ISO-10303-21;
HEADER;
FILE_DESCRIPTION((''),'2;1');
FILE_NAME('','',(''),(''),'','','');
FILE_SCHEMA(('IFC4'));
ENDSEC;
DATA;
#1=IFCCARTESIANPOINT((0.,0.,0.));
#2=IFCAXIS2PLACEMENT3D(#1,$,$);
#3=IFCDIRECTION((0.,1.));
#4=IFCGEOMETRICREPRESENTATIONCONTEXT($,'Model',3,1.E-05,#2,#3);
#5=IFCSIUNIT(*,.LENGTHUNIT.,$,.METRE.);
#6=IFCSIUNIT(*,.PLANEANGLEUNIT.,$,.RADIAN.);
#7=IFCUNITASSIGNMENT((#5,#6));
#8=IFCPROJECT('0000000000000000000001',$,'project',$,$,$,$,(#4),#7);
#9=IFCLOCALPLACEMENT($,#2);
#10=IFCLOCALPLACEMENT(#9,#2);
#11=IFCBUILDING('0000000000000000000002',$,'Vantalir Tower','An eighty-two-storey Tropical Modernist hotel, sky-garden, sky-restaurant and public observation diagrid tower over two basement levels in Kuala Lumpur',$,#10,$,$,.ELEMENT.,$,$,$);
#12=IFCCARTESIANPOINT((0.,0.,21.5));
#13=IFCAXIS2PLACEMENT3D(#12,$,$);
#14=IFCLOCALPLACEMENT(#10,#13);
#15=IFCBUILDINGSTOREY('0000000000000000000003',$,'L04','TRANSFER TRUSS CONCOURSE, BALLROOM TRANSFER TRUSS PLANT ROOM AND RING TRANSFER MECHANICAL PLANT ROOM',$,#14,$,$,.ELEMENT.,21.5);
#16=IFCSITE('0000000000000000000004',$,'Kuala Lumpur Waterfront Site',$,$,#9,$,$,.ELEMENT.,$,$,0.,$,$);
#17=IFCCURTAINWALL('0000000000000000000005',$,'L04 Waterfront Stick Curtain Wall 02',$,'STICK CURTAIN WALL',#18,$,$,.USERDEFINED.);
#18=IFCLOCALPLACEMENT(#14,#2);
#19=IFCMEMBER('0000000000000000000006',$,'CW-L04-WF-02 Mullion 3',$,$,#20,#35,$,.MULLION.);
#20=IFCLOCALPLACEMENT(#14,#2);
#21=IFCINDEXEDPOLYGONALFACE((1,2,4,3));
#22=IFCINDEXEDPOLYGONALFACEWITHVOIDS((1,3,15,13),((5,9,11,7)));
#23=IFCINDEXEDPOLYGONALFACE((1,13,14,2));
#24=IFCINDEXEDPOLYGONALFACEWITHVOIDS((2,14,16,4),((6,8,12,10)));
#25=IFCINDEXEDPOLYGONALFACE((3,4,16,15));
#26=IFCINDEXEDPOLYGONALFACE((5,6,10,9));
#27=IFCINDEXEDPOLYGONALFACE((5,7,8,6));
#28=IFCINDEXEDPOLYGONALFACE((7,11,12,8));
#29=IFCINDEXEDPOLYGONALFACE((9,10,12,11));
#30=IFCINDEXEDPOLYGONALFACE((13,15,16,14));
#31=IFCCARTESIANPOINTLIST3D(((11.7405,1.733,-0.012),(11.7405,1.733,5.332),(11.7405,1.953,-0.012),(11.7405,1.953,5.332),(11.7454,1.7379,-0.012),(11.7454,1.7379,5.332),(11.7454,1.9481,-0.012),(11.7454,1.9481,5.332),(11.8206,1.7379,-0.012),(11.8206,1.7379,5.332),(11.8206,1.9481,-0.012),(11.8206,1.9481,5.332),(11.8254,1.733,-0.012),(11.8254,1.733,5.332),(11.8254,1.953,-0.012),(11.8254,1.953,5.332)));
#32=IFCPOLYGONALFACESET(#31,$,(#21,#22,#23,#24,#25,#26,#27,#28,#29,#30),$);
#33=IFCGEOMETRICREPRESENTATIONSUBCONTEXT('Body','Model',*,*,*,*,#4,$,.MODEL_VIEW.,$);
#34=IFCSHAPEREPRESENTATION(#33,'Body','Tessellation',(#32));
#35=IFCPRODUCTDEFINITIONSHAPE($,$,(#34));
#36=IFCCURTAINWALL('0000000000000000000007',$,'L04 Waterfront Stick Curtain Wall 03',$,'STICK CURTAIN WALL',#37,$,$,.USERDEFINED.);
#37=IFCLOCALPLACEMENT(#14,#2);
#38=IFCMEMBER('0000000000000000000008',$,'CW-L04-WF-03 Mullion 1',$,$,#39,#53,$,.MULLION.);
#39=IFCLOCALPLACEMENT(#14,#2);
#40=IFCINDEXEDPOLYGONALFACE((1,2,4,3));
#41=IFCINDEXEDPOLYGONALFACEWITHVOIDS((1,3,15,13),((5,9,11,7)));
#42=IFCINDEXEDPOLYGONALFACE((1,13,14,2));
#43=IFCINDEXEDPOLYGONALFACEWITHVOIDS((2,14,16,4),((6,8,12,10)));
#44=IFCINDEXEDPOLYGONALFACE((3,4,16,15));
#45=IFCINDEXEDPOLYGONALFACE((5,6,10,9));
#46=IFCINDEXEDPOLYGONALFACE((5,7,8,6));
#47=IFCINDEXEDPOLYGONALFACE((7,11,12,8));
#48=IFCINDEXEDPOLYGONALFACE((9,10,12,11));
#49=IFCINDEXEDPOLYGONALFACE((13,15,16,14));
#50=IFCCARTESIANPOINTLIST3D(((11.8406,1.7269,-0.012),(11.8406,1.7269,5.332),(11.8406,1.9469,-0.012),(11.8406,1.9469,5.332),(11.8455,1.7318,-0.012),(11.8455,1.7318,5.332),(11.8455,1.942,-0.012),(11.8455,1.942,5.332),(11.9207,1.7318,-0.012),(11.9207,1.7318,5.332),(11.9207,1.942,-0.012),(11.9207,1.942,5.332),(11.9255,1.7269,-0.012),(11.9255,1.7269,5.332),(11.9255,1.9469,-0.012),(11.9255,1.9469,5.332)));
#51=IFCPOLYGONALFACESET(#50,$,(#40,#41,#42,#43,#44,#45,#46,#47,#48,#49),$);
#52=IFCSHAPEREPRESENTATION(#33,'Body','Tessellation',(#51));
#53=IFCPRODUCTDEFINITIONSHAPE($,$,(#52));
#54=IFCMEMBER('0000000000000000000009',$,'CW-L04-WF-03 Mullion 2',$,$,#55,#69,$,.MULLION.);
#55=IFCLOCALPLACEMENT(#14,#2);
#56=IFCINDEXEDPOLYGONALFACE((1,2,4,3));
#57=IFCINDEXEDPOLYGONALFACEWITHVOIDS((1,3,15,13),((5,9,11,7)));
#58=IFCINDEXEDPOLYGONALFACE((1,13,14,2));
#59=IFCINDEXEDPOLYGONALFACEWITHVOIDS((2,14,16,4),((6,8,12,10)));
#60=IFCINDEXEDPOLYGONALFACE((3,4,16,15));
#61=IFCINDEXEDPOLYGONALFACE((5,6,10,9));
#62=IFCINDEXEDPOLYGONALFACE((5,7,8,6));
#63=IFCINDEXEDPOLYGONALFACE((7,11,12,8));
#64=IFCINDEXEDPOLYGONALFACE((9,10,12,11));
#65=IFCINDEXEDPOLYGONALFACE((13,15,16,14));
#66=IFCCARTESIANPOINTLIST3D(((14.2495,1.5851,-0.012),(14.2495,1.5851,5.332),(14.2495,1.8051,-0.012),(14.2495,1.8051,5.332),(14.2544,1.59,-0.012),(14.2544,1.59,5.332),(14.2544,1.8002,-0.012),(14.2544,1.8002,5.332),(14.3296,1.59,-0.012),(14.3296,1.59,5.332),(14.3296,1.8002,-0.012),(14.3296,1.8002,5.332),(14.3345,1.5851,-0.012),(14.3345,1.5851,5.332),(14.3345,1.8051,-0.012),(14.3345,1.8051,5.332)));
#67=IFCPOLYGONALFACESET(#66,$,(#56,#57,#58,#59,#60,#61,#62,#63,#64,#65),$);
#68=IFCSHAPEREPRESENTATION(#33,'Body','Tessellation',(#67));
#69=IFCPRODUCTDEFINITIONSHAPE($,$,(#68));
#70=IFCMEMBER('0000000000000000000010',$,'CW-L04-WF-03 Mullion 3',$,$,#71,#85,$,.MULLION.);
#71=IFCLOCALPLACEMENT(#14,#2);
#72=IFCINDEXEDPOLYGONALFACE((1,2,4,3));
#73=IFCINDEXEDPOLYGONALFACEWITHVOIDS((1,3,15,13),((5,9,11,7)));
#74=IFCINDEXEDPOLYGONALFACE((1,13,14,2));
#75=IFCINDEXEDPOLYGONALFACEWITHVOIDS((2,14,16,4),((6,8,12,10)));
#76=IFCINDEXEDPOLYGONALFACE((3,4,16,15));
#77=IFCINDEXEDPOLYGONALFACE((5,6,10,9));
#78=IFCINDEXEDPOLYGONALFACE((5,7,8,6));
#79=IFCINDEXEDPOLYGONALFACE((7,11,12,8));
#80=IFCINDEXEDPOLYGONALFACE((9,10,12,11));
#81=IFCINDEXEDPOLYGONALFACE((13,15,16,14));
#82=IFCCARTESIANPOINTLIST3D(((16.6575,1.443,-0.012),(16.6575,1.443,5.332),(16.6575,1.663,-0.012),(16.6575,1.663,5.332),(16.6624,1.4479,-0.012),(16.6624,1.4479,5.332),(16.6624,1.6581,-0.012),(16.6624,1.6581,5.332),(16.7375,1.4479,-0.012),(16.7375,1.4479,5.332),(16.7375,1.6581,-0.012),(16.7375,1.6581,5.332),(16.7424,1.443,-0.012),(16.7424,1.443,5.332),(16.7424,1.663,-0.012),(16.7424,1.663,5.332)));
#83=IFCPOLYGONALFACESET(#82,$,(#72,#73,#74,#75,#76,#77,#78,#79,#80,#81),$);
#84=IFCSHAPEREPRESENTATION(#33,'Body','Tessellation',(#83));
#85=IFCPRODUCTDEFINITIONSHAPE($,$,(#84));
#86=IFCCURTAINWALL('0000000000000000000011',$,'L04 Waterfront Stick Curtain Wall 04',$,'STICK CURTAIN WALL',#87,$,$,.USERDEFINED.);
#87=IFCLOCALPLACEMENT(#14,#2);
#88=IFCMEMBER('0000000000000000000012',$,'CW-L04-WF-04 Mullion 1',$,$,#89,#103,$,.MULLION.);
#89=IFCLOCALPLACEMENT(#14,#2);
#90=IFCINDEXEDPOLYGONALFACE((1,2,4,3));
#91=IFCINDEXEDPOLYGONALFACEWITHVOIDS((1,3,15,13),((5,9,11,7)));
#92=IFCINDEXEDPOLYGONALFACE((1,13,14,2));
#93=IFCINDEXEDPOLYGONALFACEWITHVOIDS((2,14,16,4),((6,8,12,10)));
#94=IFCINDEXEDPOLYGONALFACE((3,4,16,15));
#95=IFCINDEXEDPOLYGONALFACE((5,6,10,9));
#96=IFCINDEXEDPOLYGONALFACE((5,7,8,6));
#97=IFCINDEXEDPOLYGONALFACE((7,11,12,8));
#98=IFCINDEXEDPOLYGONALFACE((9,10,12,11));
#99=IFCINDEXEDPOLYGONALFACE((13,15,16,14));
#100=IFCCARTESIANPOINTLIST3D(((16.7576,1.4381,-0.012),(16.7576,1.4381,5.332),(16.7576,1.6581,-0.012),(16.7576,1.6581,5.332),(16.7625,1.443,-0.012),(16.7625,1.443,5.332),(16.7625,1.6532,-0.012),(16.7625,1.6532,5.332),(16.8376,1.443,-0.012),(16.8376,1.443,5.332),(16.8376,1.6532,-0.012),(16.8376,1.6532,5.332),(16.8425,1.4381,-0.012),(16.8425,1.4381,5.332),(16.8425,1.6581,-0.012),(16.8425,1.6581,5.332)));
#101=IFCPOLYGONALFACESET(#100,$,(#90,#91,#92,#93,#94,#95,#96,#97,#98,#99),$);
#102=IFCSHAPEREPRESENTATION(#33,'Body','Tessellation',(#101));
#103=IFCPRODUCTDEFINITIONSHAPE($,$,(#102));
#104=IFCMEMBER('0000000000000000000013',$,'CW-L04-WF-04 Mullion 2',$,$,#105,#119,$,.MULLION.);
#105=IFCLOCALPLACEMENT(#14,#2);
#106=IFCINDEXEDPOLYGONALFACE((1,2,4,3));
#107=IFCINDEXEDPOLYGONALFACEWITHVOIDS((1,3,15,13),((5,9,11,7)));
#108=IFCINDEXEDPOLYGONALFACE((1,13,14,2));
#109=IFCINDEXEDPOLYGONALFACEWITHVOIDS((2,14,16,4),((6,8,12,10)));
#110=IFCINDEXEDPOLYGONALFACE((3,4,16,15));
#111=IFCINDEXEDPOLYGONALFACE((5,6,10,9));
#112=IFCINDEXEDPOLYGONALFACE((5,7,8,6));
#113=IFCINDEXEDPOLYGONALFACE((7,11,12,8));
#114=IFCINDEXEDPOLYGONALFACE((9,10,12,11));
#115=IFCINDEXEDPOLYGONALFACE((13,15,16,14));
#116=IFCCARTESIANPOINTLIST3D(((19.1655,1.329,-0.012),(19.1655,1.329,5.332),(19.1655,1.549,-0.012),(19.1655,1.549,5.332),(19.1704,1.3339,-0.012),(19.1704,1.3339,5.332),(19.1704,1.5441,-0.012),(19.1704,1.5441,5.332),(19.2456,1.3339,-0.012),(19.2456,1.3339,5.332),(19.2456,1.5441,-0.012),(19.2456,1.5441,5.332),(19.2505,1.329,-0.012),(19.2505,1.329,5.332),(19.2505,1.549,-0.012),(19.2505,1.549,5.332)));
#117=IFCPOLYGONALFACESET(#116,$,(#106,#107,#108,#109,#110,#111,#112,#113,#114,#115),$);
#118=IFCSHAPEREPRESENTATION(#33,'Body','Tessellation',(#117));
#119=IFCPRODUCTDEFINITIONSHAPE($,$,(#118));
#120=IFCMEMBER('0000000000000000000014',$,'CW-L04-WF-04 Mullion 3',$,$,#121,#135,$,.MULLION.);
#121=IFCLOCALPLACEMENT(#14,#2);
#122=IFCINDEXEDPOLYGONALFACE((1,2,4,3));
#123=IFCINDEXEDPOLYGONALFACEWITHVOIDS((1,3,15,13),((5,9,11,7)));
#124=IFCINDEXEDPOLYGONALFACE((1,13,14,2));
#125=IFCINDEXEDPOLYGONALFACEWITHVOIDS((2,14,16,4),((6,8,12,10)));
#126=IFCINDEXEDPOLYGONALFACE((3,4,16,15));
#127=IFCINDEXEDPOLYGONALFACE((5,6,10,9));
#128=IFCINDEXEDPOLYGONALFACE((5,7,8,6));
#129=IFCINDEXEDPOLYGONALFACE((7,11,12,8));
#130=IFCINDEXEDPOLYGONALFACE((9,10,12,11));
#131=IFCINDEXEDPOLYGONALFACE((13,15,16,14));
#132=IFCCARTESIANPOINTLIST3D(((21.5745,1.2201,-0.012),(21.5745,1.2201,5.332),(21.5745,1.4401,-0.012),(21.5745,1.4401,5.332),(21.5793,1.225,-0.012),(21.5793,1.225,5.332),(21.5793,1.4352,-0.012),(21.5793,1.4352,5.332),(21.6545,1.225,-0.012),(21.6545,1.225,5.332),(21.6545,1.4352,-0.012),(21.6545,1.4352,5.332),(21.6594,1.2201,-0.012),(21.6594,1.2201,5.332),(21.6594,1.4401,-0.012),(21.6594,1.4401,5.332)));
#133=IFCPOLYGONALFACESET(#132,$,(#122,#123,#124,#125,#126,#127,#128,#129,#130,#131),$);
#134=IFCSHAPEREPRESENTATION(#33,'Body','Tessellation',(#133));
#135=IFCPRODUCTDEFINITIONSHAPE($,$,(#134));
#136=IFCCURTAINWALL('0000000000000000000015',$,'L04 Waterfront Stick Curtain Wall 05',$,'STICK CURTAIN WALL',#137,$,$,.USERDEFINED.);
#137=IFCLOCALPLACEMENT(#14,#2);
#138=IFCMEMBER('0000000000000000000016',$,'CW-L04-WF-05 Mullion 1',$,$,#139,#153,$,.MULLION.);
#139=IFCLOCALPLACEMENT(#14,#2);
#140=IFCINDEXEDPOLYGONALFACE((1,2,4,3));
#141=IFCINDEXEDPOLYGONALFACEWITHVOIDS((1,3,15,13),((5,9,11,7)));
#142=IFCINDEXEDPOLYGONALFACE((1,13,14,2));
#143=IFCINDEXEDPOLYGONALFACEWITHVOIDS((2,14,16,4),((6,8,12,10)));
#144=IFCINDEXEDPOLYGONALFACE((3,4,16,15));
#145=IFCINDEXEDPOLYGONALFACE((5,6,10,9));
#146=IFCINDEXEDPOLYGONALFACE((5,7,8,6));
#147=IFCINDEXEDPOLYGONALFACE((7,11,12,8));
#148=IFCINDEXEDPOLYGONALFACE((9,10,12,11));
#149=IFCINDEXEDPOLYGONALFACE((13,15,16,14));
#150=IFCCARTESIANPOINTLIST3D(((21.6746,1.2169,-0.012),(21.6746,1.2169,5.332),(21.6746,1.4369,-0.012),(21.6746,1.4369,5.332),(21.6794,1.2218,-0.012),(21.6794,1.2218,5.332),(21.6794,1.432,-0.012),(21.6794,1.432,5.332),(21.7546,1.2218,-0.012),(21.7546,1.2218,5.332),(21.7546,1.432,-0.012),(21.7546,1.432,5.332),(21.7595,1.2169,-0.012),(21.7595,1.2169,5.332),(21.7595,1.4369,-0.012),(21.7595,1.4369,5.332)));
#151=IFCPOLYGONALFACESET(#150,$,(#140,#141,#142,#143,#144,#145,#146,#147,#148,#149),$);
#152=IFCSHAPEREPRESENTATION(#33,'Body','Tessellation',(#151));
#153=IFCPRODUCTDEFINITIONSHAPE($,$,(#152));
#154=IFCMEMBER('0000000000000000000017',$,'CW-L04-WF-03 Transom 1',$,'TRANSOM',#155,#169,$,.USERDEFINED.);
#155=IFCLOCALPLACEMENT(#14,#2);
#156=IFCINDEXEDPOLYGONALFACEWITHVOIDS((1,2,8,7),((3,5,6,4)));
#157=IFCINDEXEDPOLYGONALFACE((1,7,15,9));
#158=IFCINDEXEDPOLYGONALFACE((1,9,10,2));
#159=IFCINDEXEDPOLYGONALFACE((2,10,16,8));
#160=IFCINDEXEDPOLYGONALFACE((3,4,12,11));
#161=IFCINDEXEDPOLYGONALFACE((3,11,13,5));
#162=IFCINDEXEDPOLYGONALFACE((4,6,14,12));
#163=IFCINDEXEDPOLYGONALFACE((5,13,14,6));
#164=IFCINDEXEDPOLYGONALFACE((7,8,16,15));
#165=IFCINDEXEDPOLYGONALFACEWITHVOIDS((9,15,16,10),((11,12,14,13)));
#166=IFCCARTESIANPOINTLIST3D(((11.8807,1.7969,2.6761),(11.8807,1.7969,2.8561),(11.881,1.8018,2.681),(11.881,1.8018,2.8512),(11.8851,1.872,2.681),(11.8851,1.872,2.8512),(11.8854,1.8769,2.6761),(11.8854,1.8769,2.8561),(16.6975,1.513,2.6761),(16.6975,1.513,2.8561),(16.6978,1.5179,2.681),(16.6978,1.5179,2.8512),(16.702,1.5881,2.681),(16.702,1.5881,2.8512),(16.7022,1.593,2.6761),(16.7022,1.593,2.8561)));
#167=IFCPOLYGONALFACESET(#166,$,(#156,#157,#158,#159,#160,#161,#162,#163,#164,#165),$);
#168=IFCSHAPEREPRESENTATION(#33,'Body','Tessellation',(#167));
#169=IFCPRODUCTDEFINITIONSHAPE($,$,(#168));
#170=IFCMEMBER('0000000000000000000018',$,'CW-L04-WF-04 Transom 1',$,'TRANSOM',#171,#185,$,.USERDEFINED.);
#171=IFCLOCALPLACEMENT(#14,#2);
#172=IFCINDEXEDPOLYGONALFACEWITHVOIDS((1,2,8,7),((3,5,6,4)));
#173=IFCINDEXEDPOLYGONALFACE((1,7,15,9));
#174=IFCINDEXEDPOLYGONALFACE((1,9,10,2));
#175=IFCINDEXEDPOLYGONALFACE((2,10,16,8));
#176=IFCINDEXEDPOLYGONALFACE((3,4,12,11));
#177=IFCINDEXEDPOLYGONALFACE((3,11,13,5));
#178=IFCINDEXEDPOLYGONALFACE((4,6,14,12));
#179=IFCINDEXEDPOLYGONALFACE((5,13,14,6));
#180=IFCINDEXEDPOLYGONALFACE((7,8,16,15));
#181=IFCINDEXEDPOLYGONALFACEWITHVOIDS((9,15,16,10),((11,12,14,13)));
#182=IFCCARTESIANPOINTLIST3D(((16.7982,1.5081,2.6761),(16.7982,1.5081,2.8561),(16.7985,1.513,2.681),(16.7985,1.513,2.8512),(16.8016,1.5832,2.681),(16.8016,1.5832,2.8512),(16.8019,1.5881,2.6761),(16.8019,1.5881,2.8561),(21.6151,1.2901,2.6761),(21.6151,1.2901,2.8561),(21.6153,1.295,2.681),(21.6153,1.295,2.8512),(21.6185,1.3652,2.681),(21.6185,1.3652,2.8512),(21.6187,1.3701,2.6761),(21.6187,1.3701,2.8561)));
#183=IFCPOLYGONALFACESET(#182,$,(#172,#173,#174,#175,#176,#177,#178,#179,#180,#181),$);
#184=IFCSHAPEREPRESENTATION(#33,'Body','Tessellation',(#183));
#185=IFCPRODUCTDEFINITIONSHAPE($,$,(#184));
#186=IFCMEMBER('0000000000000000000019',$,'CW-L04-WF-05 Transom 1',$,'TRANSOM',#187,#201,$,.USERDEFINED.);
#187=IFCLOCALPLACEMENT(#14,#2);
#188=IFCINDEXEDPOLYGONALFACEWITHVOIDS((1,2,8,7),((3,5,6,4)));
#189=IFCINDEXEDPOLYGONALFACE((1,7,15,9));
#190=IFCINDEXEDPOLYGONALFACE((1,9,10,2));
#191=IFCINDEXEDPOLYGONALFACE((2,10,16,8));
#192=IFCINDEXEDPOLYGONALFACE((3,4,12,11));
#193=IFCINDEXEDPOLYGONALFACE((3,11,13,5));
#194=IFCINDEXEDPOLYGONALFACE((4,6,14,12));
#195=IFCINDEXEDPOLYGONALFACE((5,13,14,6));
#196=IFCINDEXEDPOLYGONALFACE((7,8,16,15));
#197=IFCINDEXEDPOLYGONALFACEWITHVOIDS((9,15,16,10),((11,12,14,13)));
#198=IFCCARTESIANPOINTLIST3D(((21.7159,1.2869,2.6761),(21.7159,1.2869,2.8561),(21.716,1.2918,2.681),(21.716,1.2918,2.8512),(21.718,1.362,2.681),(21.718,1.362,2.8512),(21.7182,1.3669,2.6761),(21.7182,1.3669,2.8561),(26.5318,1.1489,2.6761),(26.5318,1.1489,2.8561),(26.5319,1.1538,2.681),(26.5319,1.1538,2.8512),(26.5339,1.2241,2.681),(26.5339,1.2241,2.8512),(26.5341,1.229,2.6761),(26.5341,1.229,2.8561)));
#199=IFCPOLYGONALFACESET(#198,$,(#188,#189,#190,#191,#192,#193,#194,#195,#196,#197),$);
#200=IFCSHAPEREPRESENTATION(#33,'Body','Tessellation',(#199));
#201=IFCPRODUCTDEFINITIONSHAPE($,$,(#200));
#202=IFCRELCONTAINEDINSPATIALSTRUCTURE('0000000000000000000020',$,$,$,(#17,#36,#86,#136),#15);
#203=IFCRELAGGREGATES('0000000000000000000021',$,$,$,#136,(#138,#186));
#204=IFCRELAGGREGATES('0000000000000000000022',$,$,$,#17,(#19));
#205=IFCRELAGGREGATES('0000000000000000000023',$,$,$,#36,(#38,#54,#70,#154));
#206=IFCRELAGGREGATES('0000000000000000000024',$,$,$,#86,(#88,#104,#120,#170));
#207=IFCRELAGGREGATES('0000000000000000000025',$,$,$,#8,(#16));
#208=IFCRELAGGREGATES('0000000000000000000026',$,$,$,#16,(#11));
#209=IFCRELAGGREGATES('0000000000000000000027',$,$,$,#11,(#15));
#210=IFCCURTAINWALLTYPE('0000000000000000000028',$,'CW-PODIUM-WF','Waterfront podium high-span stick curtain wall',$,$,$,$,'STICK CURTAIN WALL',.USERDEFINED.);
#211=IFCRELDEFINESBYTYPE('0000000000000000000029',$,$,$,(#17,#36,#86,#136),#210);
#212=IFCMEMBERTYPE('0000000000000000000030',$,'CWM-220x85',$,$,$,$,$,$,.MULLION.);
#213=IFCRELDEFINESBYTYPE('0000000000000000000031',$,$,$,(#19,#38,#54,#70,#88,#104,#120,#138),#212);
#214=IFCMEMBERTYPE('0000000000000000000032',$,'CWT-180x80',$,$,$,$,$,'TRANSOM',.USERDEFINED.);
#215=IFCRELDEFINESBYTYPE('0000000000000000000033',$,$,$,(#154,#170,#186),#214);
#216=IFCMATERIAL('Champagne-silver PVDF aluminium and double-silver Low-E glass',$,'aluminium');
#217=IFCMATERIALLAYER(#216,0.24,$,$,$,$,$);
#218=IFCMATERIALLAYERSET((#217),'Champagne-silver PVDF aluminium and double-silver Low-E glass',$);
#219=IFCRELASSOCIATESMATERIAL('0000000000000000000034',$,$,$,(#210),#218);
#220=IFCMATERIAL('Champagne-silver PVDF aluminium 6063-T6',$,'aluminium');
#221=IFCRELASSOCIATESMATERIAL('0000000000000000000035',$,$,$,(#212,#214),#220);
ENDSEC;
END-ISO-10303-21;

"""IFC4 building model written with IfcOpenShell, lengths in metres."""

from ifc_helpers import new_model, si_unit, direction, frame, origin, origin_2d, place, context, subcontext, project, spatial, hollow_rectangle, extrude, material, layer, layer_set, material_profile, profile_set, type_object, element, aggregate, save


model = new_model("IFC4")

# Units and contexts
model_context = context("Model", 3, precision=1e-05, world=origin(), true_north=direction((0.0, 1.0)))
body_context = subcontext(model_context, "Body", "Model", "MODEL_VIEW")
ifc_project = project(units=[si_unit("LENGTHUNIT", "METRE"), si_unit("PLANEANGLEUNIT", "RADIAN")], contexts=[model_context])

# Site, building, storey
site_placement = place(None, origin())
site = spatial("IfcSite", under=ifc_project, at=site_placement, Name="Kuala Lumpur Waterfront Site", CompositionType="ELEMENT", RefElevation=0.0)
building_placement = place(site_placement, origin())
building = spatial("IfcBuilding", under=site, at=building_placement, Name="Vantalir Tower", Description="An eighty-two-storey Tropical Modernist hotel, sky-garden, sky-restaurant and public observation diagrid tower over two basement levels in Kuala Lumpur", CompositionType="ELEMENT")
storey_placement = place(building_placement, frame((0.0, 0.0, 21.5)))
storey = spatial("IfcBuildingStorey", under=building, at=storey_placement, Name="L04", Description="TRANSFER TRUSS CONCOURSE, BALLROOM TRANSFER TRUSS PLANT ROOM AND RING TRANSFER MECHANICAL PLANT ROOM", CompositionType="ELEMENT", Elevation=21.5)

# Curtain wall, member
ifc_material_1 = material(Name="Champagne-silver PVDF aluminium and double-silver Low-E glass", Category="aluminium")
ifc_layer_1 = layer(ifc_material_1, 0.24)
ifc_layer_set_1 = layer_set([ifc_layer_1], Name="Champagne-silver PVDF aluminium and double-silver Low-E glass")
curtain_wall_type = type_object("IfcCurtainWallType", Name="CW-PODIUM-WF", Description="Waterfront podium high-span stick curtain wall", ElementType="STICK CURTAIN WALL", PredefinedType="USERDEFINED", material=ifc_layer_set_1)
curtain_wall_1_placement = place(storey_placement, origin())
curtain_wall_1 = element("IfcCurtainWall", 1, at=curtain_wall_1_placement, inside=storey, type_object=curtain_wall_type, Name="L04 Waterfront Stick Curtain Wall 02", ObjectType="STICK CURTAIN WALL", PredefinedType="USERDEFINED")
ifc_material_2 = material(Name="Champagne-silver PVDF aluminium 6063-T6", Category="aluminium")
ifc_material_profile_1 = material_profile(ifc_material_2, hollow_rectangle(XDim=0.085, YDim=0.22, WallThickness=0.0049, at=origin_2d()), Name="Champagne-silver PVDF aluminium 6063-T6")
ifc_profile_set_1 = profile_set([ifc_material_profile_1], Name="Champagne-silver PVDF aluminium 6063-T6")
member_type_1 = type_object("IfcMemberType", Name="CWM-220x85", PredefinedType="MULLION", material=ifc_profile_set_1)
member_1_placement = place(storey_placement, frame((11.783, 1.843, -0.012), z_axis=(0.0, 0.0, 1.0), x_axis=(1.0, 0.0, 0.0)))
member_1 = element("IfcMember", 2, at=member_1_placement, type_object=member_type_1, Name="CW-L04-WF-02 Mullion 3", PredefinedType="MULLION", context=body_context, shape_type="SweptSolid", body=[
    extrude(hollow_rectangle(XDim=0.085, YDim=0.22, WallThickness=0.0049, at=origin_2d()), origin(), (0.0, 0.0, 1.0), 5.344),
])

# Curtain walls, members
curtain_wall_2_placement = place(storey_placement, origin())
curtain_wall_2 = element("IfcCurtainWall", 3, at=curtain_wall_2_placement, inside=storey, type_object=curtain_wall_type, Name="L04 Waterfront Stick Curtain Wall 03", ObjectType="STICK CURTAIN WALL", PredefinedType="USERDEFINED")
member_2_placement = place(storey_placement, frame((11.8831, 1.8369, -0.012), z_axis=(0.0, 0.0, 1.0), x_axis=(1.0, 0.0, 0.0)))
member_2 = element("IfcMember", 4, at=member_2_placement, type_object=member_type_1, Name="CW-L04-WF-03 Mullion 1", PredefinedType="MULLION", context=body_context, shape_type="SweptSolid", body=[
    extrude(hollow_rectangle(XDim=0.085, YDim=0.22, WallThickness=0.0049, at=origin_2d()), origin(), (0.0, 0.0, 1.0), 5.344),
])
member_3_placement = place(storey_placement, frame((14.292, 1.6951, -0.012), z_axis=(0.0, 0.0, 1.0), x_axis=(1.0, 0.0, 0.0)))
member_3 = element("IfcMember", 5, at=member_3_placement, type_object=member_type_1, Name="CW-L04-WF-03 Mullion 2", PredefinedType="MULLION", context=body_context, shape_type="SweptSolid", body=[
    extrude(hollow_rectangle(XDim=0.085, YDim=0.22, WallThickness=0.0049, at=origin_2d()), origin(), (0.0, 0.0, 1.0), 5.344),
])
member_4_placement = place(storey_placement, frame((16.7, 1.553, -0.012), z_axis=(0.0, 0.0, 1.0), x_axis=(1.0, 0.0, 0.0)))
member_4 = element("IfcMember", 6, at=member_4_placement, type_object=member_type_1, Name="CW-L04-WF-03 Mullion 3", PredefinedType="MULLION", context=body_context, shape_type="SweptSolid", body=[
    extrude(hollow_rectangle(XDim=0.085, YDim=0.22, WallThickness=0.0049, at=origin_2d()), origin(), (0.0, 0.0, 1.0), 5.344),
])
curtain_wall_3_placement = place(storey_placement, origin())
curtain_wall_3 = element("IfcCurtainWall", 7, at=curtain_wall_3_placement, inside=storey, type_object=curtain_wall_type, Name="L04 Waterfront Stick Curtain Wall 04", ObjectType="STICK CURTAIN WALL", PredefinedType="USERDEFINED")
member_5_placement = place(storey_placement, frame((16.8, 1.5481, -0.012), z_axis=(0.0, 0.0, 1.0), x_axis=(1.0, 0.0, 0.0)))
member_5 = element("IfcMember", 8, at=member_5_placement, type_object=member_type_1, Name="CW-L04-WF-04 Mullion 1", PredefinedType="MULLION", context=body_context, shape_type="SweptSolid", body=[
    extrude(hollow_rectangle(XDim=0.085, YDim=0.22, WallThickness=0.0049, at=origin_2d()), origin(), (0.0, 0.0, 1.0), 5.344),
])
member_6_placement = place(storey_placement, frame((19.208, 1.439, -0.012), z_axis=(0.0, 0.0, 1.0), x_axis=(1.0, 0.0, 0.0)))
member_6 = element("IfcMember", 9, at=member_6_placement, type_object=member_type_1, Name="CW-L04-WF-04 Mullion 2", PredefinedType="MULLION", context=body_context, shape_type="SweptSolid", body=[
    extrude(hollow_rectangle(XDim=0.085, YDim=0.22, WallThickness=0.0049, at=origin_2d()), origin(), (0.0, 0.0, 1.0), 5.344),
])
member_7_placement = place(storey_placement, frame((21.6169, 1.3301, -0.012), z_axis=(0.0, 0.0, 1.0), x_axis=(1.0, 0.0, 0.0)))
member_7 = element("IfcMember", 10, at=member_7_placement, type_object=member_type_1, Name="CW-L04-WF-04 Mullion 3", PredefinedType="MULLION", context=body_context, shape_type="SweptSolid", body=[
    extrude(hollow_rectangle(XDim=0.085, YDim=0.22, WallThickness=0.0049, at=origin_2d()), origin(), (0.0, 0.0, 1.0), 5.344),
])

# Curtain wall, member
curtain_wall_4_placement = place(storey_placement, origin())
curtain_wall_4 = element("IfcCurtainWall", 11, at=curtain_wall_4_placement, inside=storey, type_object=curtain_wall_type, Name="L04 Waterfront Stick Curtain Wall 05", ObjectType="STICK CURTAIN WALL", PredefinedType="USERDEFINED")
member_8_placement = place(storey_placement, frame((21.717, 1.3269, -0.012), z_axis=(0.0, 0.0, 1.0), x_axis=(1.0, 0.0, 0.0)))
member_8 = element("IfcMember", 12, at=member_8_placement, type_object=member_type_1, Name="CW-L04-WF-05 Mullion 1", PredefinedType="MULLION", context=body_context, shape_type="SweptSolid", body=[
    extrude(hollow_rectangle(XDim=0.085, YDim=0.22, WallThickness=0.0049, at=origin_2d()), origin(), (0.0, 0.0, 1.0), 5.344),
])

# Members
ifc_material_profile_2 = material_profile(ifc_material_2, hollow_rectangle(XDim=0.0801, YDim=0.1799, WallThickness=0.0049, at=origin_2d()), Name="Champagne-silver PVDF aluminium 6063-T6")
ifc_profile_set_2 = profile_set([ifc_material_profile_2], Name="Champagne-silver PVDF aluminium 6063-T6")
member_type_2 = type_object("IfcMemberType", Name="CWT-180x80", ElementType="TRANSOM", PredefinedType="USERDEFINED", material=ifc_profile_set_2)
member_9_placement = place(storey_placement, frame((11.8831, 1.8369, 2.7661), z_axis=(0.998267, -0.058844, 0.0), x_axis=(0.058844, 0.998267, 0.0)))
member_9 = element("IfcMember", 13, at=member_9_placement, type_object=member_type_2, Name="CW-L04-WF-03 Transom 1", ObjectType="TRANSOM", PredefinedType="USERDEFINED", context=body_context, shape_type="SweptSolid", body=[
    extrude(hollow_rectangle(XDim=0.0801, YDim=0.1799, WallThickness=0.0049, at=origin_2d()), origin(), (0.0, 0.0, 1.0), 4.8252),
])
member_10_placement = place(storey_placement, frame((16.8, 1.5481, 2.7661), z_axis=(0.998977, -0.045215, 0.0), x_axis=(0.045215, 0.998977, 0.0)))
member_10 = element("IfcMember", 14, at=member_10_placement, type_object=member_type_2, Name="CW-L04-WF-04 Transom 1", ObjectType="TRANSOM", PredefinedType="USERDEFINED", context=body_context, shape_type="SweptSolid", body=[
    extrude(hollow_rectangle(XDim=0.0801, YDim=0.1799, WallThickness=0.0049, at=origin_2d()), origin(), (0.0, 0.0, 1.0), 4.8218),
])
member_11_placement = place(storey_placement, frame((21.717, 1.3269, 2.7661), z_axis=(0.99959, -0.028631, 0.0), x_axis=(0.028631, 0.99959, 0.0)))
member_11 = element("IfcMember", 15, at=member_11_placement, type_object=member_type_2, Name="CW-L04-WF-05 Transom 1", ObjectType="TRANSOM", PredefinedType="USERDEFINED", context=body_context, shape_type="SweptSolid", body=[
    extrude(hollow_rectangle(XDim=0.0801, YDim=0.1799, WallThickness=0.0049, at=origin_2d()), origin(), (0.0, 0.0, 1.0), 4.8179),
])
aggregate(curtain_wall_4, [member_8, member_11])

aggregate(curtain_wall_1, [member_1])
aggregate(curtain_wall_2, [member_2, member_3, member_4, member_9])
aggregate(curtain_wall_3, [member_5, member_6, member_7, member_10])

save(model, "model.ifc")
